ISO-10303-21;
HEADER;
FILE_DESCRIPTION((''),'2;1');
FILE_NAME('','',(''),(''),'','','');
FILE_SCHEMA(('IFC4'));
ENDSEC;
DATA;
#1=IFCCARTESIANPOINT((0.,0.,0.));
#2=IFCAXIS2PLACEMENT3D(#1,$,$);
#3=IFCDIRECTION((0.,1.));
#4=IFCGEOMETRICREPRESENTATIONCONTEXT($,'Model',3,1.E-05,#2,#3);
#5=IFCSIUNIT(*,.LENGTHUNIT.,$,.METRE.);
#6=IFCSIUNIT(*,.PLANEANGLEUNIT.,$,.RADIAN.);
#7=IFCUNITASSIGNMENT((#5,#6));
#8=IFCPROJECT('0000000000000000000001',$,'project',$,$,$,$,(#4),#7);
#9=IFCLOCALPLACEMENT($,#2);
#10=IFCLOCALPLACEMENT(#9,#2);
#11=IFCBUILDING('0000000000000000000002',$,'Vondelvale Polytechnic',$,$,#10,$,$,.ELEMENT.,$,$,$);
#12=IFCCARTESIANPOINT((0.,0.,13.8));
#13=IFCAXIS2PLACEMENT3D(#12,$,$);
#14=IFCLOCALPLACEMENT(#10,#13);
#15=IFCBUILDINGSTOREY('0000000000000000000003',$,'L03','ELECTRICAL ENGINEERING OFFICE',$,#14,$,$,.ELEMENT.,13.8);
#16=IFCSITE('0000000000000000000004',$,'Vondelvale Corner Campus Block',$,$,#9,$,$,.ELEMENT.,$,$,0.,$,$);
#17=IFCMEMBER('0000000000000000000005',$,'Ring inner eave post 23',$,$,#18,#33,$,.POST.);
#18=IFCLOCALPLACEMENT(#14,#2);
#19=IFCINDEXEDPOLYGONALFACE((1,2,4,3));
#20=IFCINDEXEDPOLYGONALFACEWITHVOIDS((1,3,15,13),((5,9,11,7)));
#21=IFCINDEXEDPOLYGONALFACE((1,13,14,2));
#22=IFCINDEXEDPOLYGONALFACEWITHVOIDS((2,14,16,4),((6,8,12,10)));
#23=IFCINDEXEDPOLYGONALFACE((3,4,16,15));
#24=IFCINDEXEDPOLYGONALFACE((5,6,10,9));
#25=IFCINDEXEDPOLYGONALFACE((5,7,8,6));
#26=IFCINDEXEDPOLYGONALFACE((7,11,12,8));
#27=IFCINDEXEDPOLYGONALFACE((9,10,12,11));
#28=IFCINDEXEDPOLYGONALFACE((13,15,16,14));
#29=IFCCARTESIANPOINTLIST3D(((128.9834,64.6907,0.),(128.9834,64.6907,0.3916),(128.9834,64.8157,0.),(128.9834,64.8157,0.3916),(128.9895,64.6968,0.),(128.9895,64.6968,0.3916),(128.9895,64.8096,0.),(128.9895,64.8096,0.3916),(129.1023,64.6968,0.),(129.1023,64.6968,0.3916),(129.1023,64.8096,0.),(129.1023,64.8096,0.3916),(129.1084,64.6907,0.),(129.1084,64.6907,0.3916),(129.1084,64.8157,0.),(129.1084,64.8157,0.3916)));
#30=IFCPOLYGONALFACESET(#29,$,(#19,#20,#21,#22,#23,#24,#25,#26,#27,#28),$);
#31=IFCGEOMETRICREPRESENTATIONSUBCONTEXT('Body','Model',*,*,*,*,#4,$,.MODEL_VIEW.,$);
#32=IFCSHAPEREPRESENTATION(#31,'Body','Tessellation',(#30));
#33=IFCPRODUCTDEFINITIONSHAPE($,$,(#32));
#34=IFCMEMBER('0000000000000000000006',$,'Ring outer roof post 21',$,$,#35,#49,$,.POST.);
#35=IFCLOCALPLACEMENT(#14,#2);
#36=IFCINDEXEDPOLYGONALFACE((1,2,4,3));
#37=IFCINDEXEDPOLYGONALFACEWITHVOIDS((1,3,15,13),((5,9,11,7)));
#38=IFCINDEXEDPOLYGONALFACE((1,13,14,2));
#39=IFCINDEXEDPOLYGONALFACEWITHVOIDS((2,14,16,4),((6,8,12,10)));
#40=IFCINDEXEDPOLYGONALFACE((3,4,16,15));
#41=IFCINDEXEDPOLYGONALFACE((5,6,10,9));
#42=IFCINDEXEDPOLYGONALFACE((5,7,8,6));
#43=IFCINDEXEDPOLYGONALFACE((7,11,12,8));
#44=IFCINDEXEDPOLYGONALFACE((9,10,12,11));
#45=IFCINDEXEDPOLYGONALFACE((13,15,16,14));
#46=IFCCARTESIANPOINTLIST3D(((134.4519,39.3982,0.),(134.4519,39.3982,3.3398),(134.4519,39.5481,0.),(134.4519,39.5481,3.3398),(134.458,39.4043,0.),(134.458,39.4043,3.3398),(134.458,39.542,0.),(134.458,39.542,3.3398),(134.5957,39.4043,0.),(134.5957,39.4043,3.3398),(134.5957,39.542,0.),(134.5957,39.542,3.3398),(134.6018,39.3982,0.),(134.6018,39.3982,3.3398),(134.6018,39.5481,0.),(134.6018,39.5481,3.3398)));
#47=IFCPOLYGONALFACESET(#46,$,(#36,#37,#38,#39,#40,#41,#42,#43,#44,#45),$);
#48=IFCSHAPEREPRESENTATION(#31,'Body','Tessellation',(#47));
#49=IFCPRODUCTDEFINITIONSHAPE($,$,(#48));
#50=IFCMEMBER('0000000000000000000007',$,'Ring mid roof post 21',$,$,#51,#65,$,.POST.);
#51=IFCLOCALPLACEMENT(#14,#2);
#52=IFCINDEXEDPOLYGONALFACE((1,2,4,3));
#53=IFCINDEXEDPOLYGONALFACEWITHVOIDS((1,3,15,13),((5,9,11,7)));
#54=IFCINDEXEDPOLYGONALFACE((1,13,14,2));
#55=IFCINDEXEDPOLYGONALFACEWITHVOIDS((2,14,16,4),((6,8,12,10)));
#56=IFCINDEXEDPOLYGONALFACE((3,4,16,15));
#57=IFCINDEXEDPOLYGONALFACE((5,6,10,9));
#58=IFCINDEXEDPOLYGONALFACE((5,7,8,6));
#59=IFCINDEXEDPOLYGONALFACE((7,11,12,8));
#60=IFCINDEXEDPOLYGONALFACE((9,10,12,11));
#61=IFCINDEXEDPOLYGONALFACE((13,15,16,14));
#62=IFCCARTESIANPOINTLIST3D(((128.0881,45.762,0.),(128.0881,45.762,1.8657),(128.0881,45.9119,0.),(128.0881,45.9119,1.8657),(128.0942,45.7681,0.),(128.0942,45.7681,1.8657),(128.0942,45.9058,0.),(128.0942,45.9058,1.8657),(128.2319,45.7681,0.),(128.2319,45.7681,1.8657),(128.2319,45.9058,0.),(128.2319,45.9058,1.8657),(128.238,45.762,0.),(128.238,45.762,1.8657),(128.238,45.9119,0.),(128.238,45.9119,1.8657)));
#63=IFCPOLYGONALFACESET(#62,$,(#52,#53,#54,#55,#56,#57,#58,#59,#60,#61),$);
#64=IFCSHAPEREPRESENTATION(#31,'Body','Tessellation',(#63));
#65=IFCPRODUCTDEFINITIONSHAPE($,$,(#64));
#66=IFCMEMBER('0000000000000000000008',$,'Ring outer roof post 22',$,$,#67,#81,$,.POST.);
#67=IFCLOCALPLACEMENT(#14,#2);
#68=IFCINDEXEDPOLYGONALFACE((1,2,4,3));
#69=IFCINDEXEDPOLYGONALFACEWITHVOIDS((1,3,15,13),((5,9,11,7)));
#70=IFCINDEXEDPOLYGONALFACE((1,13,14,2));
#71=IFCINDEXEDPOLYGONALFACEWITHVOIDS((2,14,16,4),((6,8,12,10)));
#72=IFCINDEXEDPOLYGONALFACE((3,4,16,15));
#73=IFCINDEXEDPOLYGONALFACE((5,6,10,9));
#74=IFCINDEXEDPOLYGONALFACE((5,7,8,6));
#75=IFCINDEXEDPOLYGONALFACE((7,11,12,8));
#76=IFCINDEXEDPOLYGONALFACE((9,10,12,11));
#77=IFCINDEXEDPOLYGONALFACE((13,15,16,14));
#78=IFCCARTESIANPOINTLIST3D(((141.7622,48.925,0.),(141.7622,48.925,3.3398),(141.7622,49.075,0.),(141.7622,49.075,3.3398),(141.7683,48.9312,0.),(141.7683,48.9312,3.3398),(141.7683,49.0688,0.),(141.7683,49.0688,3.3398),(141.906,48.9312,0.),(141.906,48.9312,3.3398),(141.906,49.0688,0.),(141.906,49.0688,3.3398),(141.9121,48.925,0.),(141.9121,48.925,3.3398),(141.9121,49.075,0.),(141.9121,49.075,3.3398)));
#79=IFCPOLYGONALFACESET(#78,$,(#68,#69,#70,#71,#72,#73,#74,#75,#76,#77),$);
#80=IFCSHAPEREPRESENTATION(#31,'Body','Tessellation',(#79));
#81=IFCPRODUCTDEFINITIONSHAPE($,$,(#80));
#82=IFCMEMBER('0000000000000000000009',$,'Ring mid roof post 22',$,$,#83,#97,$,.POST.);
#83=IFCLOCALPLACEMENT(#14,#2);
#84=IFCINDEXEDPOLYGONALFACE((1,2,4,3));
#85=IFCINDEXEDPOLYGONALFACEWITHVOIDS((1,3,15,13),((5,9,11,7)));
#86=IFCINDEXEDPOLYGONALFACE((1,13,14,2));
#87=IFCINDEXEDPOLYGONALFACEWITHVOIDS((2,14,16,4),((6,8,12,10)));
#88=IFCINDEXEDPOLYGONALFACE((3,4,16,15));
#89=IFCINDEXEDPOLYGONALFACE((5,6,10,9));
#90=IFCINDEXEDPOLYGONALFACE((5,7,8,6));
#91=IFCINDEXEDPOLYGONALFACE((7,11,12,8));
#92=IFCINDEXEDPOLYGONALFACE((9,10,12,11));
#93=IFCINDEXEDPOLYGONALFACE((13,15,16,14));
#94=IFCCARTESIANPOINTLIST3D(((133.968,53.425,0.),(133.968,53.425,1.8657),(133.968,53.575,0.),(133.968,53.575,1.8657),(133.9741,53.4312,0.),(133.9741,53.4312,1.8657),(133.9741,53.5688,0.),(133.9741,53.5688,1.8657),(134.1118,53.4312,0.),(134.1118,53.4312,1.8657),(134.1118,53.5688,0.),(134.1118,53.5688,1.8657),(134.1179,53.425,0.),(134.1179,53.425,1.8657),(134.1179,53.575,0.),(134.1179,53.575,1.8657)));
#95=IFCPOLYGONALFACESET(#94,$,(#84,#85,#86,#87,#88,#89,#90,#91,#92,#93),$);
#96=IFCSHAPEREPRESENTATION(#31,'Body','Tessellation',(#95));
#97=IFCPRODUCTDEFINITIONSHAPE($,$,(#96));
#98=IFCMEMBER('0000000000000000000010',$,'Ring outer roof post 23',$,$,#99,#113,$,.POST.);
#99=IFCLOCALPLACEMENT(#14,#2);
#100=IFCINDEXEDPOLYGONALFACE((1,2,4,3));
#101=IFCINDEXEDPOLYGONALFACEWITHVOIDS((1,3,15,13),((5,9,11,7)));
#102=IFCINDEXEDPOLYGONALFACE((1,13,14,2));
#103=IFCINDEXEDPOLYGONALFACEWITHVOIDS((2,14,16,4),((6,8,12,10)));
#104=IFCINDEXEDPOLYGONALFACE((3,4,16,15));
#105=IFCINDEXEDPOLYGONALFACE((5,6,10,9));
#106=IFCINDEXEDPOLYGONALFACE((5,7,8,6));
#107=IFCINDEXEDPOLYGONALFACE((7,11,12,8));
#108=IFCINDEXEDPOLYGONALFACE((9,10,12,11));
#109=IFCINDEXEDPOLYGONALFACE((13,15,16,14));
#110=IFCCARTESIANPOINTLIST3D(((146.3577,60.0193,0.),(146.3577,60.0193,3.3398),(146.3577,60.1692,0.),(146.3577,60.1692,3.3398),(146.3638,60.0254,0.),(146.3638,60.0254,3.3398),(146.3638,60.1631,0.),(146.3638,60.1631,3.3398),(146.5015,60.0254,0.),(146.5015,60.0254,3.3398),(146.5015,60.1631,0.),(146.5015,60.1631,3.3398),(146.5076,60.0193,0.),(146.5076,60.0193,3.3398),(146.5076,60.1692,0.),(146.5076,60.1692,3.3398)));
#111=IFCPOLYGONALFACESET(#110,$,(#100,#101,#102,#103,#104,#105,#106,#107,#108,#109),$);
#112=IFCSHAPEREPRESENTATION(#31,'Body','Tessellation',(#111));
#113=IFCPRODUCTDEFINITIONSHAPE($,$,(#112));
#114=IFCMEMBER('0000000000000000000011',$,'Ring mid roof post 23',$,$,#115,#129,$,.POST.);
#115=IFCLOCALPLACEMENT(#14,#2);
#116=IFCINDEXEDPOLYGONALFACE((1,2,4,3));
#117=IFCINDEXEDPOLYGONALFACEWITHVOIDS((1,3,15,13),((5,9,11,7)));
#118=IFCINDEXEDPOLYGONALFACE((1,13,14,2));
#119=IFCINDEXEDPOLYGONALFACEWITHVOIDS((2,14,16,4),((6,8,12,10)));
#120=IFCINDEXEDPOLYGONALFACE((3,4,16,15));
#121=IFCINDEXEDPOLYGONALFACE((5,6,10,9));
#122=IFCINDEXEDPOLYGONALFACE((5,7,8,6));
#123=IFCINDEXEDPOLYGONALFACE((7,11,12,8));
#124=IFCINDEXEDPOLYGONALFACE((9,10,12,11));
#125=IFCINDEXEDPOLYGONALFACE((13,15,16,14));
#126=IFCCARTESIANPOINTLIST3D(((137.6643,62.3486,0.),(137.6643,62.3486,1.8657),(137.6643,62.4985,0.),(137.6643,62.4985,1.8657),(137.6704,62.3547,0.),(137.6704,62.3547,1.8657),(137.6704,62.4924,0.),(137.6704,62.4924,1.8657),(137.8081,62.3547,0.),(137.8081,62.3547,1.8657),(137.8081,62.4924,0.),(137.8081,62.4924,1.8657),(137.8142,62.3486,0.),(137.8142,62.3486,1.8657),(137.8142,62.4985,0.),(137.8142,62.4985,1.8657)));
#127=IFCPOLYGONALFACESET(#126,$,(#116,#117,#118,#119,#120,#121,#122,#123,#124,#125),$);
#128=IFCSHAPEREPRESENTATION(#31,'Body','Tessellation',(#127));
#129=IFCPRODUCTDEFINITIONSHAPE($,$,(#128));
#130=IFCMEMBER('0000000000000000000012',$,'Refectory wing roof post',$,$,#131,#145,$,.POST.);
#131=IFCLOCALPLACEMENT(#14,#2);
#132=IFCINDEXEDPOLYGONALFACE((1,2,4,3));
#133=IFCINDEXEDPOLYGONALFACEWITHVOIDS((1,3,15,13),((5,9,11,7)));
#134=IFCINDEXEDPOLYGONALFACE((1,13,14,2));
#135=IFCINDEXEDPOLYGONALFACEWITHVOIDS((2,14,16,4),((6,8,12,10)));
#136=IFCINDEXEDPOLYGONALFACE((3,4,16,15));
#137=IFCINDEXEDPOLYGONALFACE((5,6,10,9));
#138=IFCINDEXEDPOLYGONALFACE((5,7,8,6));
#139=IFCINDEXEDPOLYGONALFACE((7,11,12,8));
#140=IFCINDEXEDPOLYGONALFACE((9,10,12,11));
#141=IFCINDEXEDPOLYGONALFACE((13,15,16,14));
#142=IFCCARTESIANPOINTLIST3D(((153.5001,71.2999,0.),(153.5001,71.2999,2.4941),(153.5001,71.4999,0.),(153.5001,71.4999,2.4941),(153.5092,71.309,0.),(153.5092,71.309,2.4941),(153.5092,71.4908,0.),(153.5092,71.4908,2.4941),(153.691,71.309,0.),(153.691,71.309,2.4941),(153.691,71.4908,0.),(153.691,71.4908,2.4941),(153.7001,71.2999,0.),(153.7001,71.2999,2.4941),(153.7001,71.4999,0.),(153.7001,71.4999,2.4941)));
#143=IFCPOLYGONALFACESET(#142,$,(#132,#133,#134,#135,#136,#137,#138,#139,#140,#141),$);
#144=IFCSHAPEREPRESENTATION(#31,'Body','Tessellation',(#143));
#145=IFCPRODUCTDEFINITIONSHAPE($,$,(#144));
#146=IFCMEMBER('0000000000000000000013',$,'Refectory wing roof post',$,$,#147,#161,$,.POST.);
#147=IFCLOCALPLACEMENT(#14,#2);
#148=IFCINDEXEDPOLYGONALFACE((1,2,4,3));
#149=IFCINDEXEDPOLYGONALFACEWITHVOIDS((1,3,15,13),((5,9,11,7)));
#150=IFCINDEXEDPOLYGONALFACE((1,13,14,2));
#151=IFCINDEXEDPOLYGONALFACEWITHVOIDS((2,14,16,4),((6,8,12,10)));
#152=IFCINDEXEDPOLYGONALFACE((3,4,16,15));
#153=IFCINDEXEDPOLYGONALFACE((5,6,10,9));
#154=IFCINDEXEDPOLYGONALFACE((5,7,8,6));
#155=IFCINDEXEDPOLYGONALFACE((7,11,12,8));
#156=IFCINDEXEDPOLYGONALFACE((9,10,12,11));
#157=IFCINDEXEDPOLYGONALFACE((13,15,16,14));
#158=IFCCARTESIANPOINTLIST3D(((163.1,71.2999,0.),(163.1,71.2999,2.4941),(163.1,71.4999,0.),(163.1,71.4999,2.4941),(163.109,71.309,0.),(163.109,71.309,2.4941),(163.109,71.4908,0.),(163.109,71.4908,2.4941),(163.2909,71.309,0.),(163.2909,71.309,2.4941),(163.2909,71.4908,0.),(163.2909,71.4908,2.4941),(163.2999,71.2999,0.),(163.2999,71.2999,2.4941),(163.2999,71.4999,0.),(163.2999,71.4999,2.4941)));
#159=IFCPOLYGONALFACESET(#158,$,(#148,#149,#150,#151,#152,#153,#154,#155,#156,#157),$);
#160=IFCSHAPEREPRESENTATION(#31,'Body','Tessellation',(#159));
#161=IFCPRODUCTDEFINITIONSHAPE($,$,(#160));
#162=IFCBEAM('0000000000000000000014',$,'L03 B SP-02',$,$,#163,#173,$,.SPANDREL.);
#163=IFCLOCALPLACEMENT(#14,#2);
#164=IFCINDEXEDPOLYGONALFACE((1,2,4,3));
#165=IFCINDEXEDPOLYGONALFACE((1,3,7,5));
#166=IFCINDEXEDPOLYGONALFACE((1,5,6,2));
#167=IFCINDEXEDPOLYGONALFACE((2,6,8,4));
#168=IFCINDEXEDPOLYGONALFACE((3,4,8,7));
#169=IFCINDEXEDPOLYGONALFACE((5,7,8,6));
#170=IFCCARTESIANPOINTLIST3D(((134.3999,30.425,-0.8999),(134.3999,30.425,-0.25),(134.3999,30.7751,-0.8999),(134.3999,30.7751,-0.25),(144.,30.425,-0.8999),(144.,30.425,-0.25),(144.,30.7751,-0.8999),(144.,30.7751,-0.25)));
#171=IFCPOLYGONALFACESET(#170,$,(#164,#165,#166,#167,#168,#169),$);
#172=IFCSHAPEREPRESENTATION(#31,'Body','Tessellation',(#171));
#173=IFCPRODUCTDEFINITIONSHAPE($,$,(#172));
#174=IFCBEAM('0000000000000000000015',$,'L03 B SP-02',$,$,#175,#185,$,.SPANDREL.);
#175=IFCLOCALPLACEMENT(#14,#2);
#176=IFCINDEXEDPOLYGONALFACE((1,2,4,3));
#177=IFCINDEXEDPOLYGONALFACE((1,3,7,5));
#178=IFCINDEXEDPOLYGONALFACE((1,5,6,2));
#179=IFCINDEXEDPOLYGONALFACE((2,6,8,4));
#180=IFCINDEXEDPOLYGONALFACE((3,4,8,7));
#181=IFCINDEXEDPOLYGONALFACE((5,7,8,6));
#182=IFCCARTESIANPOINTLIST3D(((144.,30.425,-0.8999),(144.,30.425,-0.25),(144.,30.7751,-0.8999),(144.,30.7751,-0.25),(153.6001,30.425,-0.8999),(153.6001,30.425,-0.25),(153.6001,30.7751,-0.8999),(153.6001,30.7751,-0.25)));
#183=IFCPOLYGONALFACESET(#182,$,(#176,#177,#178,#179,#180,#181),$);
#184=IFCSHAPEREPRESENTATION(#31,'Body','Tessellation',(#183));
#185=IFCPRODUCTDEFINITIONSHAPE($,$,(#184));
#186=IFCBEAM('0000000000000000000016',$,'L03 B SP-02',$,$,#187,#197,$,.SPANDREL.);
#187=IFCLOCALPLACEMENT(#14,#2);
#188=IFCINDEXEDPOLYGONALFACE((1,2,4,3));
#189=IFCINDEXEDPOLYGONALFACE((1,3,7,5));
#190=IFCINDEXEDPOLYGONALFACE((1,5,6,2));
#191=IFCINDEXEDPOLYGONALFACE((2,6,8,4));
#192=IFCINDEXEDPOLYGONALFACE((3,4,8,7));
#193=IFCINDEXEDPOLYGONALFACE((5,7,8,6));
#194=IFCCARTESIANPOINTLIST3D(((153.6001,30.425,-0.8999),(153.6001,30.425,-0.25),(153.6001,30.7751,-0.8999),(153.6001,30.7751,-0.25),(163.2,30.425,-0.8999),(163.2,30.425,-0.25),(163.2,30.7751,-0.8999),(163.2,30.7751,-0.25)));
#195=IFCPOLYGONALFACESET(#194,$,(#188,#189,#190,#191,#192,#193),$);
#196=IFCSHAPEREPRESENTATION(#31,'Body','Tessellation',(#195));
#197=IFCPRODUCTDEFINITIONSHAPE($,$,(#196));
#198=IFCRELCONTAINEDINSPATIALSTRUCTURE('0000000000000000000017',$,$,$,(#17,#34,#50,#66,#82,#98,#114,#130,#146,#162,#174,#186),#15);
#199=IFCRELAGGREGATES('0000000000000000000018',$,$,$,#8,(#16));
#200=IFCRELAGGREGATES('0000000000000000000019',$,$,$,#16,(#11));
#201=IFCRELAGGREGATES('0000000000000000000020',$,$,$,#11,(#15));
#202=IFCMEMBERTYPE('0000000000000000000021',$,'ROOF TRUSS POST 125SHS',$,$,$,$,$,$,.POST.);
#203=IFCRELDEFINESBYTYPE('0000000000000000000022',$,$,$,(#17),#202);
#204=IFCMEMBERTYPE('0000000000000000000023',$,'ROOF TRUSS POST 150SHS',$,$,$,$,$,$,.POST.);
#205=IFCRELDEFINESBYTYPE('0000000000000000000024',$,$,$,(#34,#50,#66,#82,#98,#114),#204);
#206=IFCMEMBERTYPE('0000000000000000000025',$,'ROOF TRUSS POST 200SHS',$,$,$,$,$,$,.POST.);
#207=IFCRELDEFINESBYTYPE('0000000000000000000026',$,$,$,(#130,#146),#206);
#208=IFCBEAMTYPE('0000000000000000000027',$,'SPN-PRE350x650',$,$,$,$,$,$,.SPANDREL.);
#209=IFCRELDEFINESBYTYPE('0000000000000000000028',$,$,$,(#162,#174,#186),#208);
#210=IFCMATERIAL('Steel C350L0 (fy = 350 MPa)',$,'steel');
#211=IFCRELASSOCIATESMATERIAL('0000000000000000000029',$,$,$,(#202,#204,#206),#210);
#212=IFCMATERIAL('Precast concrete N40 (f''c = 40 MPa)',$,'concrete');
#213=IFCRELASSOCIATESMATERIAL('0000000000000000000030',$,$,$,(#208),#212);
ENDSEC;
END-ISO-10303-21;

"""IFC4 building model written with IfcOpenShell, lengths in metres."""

from ifc_helpers import new_model, si_unit, direction, frame, origin, origin_2d, place, context, subcontext, project, spatial, rectangle, hollow_rectangle, extrude, material, material_profile, profile_set, type_object, element, save


model = new_model("IFC4")

# Units and contexts
model_context = context("Model", 3, precision=1e-05, world=origin(), true_north=direction((0.0, 1.0)))
body_context = subcontext(model_context, "Body", "Model", "MODEL_VIEW")
ifc_project = project(units=[si_unit("LENGTHUNIT", "METRE"), si_unit("PLANEANGLEUNIT", "RADIAN")], contexts=[model_context])

# Site, building, storey
site_placement = place(None, origin())
site = spatial("IfcSite", under=ifc_project, at=site_placement, Name="Vondelvale Corner Campus Block", CompositionType="ELEMENT", RefElevation=0.0)
building_placement = place(site_placement, origin())
building = spatial("IfcBuilding", under=site, at=building_placement, Name="Vondelvale Polytechnic", CompositionType="ELEMENT")
storey_placement = place(building_placement, frame((0.0, 0.0, 13.8)))
storey = spatial("IfcBuildingStorey", under=building, at=storey_placement, Name="L03", Description="ELECTRICAL ENGINEERING OFFICE", CompositionType="ELEMENT", Elevation=13.8)

# Members
ifc_material_1 = material(Name="Steel C350L0 (fy = 350 MPa)", Category="steel")
ifc_material_profile_1 = material_profile(ifc_material_1, hollow_rectangle(XDim=0.125, YDim=0.125, WallThickness=0.0061, at=origin_2d()), Name="125x125x6.0SHS")
ifc_profile_set_1 = profile_set([ifc_material_profile_1], Name="Steel C350L0 (fy = 350 MPa)")
member_type_1 = type_object("IfcMemberType", Name="ROOF TRUSS POST 125SHS", PredefinedType="POST", material=ifc_profile_set_1)
member_1_placement = place(storey_placement, frame((129.0459, 64.7532, 0.0), z_axis=(0.0, 0.0, 1.0), x_axis=(1.0, 0.0, 0.0)))
element("IfcMember", 1, at=member_1_placement, inside=storey, type_object=member_type_1, Name="Ring inner eave post 23", PredefinedType="POST", context=body_context, shape_type="SweptSolid", body=[
    extrude(hollow_rectangle(XDim=0.125, YDim=0.125, WallThickness=0.0061, at=origin_2d()), origin(), (0.0, 0.0, 1.0), 0.3916),
])
ifc_material_profile_2 = material_profile(ifc_material_1, hollow_rectangle(XDim=0.1499, YDim=0.1499, WallThickness=0.0061, at=origin_2d()), Name="150x150x6.0SHS")
ifc_profile_set_2 = profile_set([ifc_material_profile_2], Name="Steel C350L0 (fy = 350 MPa)")
member_type_2 = type_object("IfcMemberType", Name="ROOF TRUSS POST 150SHS", PredefinedType="POST", material=ifc_profile_set_2)
member_2_placement = place(storey_placement, frame((134.5269, 39.4731, 0.0), z_axis=(0.0, 0.0, 1.0), x_axis=(1.0, 0.0, 0.0)))
element("IfcMember", 2, at=member_2_placement, inside=storey, type_object=member_type_2, Name="Ring outer roof post 21", PredefinedType="POST", context=body_context, shape_type="SweptSolid", body=[
    extrude(hollow_rectangle(XDim=0.1499, YDim=0.1499, WallThickness=0.0061, at=origin_2d()), origin(), (0.0, 0.0, 1.0), 3.3398),
])
member_3_placement = place(storey_placement, frame((128.1631, 45.8369, 0.0), z_axis=(0.0, 0.0, 1.0), x_axis=(1.0, 0.0, 0.0)))
element("IfcMember", 3, at=member_3_placement, inside=storey, type_object=member_type_2, Name="Ring mid roof post 21", PredefinedType="POST", context=body_context, shape_type="SweptSolid", body=[
    extrude(hollow_rectangle(XDim=0.1499, YDim=0.1499, WallThickness=0.0061, at=origin_2d()), origin(), (0.0, 0.0, 1.0), 1.8657),
])
member_4_placement = place(storey_placement, frame((141.8372, 49.0, 0.0), z_axis=(0.0, 0.0, 1.0), x_axis=(1.0, 0.0, 0.0)))
element("IfcMember", 4, at=member_4_placement, inside=storey, type_object=member_type_2, Name="Ring outer roof post 22", PredefinedType="POST", context=body_context, shape_type="SweptSolid", body=[
    extrude(hollow_rectangle(XDim=0.1499, YDim=0.1499, WallThickness=0.0061, at=origin_2d()), origin(), (0.0, 0.0, 1.0), 3.3398),
])
member_5_placement = place(storey_placement, frame((134.043, 53.5, 0.0), z_axis=(0.0, 0.0, 1.0), x_axis=(1.0, 0.0, 0.0)))
element("IfcMember", 5, at=member_5_placement, inside=storey, type_object=member_type_2, Name="Ring mid roof post 22", PredefinedType="POST", context=body_context, shape_type="SweptSolid", body=[
    extrude(hollow_rectangle(XDim=0.1499, YDim=0.1499, WallThickness=0.0061, at=origin_2d()), origin(), (0.0, 0.0, 1.0), 1.8657),
])
member_6_placement = place(storey_placement, frame((146.4326, 60.0942, 0.0), z_axis=(0.0, 0.0, 1.0), x_axis=(1.0, 0.0, 0.0)))
element("IfcMember", 6, at=member_6_placement, inside=storey, type_object=member_type_2, Name="Ring outer roof post 23", PredefinedType="POST", context=body_context, shape_type="SweptSolid", body=[
    extrude(hollow_rectangle(XDim=0.1499, YDim=0.1499, WallThickness=0.0061, at=origin_2d()), origin(), (0.0, 0.0, 1.0), 3.3398),
])
member_7_placement = place(storey_placement, frame((137.7393, 62.4236, 0.0), z_axis=(0.0, 0.0, 1.0), x_axis=(1.0, 0.0, 0.0)))
element("IfcMember", 7, at=member_7_placement, inside=storey, type_object=member_type_2, Name="Ring mid roof post 23", PredefinedType="POST", context=body_context, shape_type="SweptSolid", body=[
    extrude(hollow_rectangle(XDim=0.1499, YDim=0.1499, WallThickness=0.0061, at=origin_2d()), origin(), (0.0, 0.0, 1.0), 1.8657),
])
ifc_material_profile_3 = material_profile(ifc_material_1, hollow_rectangle(XDim=0.2, YDim=0.2, WallThickness=0.009, at=origin_2d()), Name="200x200x9.0SHS")
ifc_profile_set_3 = profile_set([ifc_material_profile_3], Name="Steel C350L0 (fy = 350 MPa)")
member_type_3 = type_object("IfcMemberType", Name="ROOF TRUSS POST 200SHS", PredefinedType="POST", material=ifc_profile_set_3)
for number, where, z_axis, x_axis, name in (
    (8, (153.6001, 71.3999, 0.0), (0.0, 0.0, 1.0), (1.0, 0.0, 0.0), "Refectory wing roof post"),
    (9, (163.2, 71.3999, 0.0), (0.0, 0.0, 1.0), (1.0, 0.0, 0.0), "Refectory wing roof post"),
):
    element("IfcMember", number, at=place(storey_placement, frame(where, z_axis=z_axis, x_axis=x_axis)), inside=storey, type_object=member_type_3, Name=name, PredefinedType="POST", context=body_context, shape_type="SweptSolid", body=[
        extrude(hollow_rectangle(XDim=0.2, YDim=0.2, WallThickness=0.009, at=origin_2d()), origin(), (0.0, 0.0, 1.0), 2.4941),
    ])

# Beams
ifc_material_2 = material(Name="Precast concrete N40 (f'c = 40 MPa)", Category="concrete")
ifc_material_profile_4 = material_profile(ifc_material_2, rectangle(XDim=0.3501, YDim=0.6499, at=origin_2d()), Name="RC-SPN-350x650")
ifc_profile_set_4 = profile_set([ifc_material_profile_4], Name="Precast concrete N40 (f'c = 40 MPa)")
beam_type_1 = type_object("IfcBeamType", Name="SPN-PRE350x650", PredefinedType="SPANDREL", material=ifc_profile_set_4)
for number, where, z_axis, x_axis, name in (
    (10, (134.3999, 30.6001, -0.575), (1.0, 0.0, 0.0), (0.0, 1.0, 0.0), "L03 B SP-02"),
    (11, (144.0, 30.6001, -0.575), (1.0, 0.0, 0.0), (0.0, 1.0, 0.0), "L03 B SP-02"),
):
    element("IfcBeam", number, at=place(storey_placement, frame(where, z_axis=z_axis, x_axis=x_axis)), inside=storey, type_object=beam_type_1, Name=name, PredefinedType="SPANDREL", context=body_context, shape_type="SweptSolid", body=[
        extrude(rectangle(XDim=0.3501, YDim=0.6499, at=origin_2d()), origin(), (0.0, 0.0, 1.0), 9.6001),
    ])
beam_1_placement = place(storey_placement, frame((153.6001, 30.6001, -0.575), z_axis=(1.0, 0.0, 0.0), x_axis=(0.0, 1.0, 0.0)))
element("IfcBeam", 12, at=beam_1_placement, inside=storey, type_object=beam_type_1, Name="L03 B SP-02", PredefinedType="SPANDREL", context=body_context, shape_type="SweptSolid", body=[
    extrude(rectangle(XDim=0.3501, YDim=0.6499, at=origin_2d()), origin(), (0.0, 0.0, 1.0), 9.5999),
])

save(model, "model.ifc")
